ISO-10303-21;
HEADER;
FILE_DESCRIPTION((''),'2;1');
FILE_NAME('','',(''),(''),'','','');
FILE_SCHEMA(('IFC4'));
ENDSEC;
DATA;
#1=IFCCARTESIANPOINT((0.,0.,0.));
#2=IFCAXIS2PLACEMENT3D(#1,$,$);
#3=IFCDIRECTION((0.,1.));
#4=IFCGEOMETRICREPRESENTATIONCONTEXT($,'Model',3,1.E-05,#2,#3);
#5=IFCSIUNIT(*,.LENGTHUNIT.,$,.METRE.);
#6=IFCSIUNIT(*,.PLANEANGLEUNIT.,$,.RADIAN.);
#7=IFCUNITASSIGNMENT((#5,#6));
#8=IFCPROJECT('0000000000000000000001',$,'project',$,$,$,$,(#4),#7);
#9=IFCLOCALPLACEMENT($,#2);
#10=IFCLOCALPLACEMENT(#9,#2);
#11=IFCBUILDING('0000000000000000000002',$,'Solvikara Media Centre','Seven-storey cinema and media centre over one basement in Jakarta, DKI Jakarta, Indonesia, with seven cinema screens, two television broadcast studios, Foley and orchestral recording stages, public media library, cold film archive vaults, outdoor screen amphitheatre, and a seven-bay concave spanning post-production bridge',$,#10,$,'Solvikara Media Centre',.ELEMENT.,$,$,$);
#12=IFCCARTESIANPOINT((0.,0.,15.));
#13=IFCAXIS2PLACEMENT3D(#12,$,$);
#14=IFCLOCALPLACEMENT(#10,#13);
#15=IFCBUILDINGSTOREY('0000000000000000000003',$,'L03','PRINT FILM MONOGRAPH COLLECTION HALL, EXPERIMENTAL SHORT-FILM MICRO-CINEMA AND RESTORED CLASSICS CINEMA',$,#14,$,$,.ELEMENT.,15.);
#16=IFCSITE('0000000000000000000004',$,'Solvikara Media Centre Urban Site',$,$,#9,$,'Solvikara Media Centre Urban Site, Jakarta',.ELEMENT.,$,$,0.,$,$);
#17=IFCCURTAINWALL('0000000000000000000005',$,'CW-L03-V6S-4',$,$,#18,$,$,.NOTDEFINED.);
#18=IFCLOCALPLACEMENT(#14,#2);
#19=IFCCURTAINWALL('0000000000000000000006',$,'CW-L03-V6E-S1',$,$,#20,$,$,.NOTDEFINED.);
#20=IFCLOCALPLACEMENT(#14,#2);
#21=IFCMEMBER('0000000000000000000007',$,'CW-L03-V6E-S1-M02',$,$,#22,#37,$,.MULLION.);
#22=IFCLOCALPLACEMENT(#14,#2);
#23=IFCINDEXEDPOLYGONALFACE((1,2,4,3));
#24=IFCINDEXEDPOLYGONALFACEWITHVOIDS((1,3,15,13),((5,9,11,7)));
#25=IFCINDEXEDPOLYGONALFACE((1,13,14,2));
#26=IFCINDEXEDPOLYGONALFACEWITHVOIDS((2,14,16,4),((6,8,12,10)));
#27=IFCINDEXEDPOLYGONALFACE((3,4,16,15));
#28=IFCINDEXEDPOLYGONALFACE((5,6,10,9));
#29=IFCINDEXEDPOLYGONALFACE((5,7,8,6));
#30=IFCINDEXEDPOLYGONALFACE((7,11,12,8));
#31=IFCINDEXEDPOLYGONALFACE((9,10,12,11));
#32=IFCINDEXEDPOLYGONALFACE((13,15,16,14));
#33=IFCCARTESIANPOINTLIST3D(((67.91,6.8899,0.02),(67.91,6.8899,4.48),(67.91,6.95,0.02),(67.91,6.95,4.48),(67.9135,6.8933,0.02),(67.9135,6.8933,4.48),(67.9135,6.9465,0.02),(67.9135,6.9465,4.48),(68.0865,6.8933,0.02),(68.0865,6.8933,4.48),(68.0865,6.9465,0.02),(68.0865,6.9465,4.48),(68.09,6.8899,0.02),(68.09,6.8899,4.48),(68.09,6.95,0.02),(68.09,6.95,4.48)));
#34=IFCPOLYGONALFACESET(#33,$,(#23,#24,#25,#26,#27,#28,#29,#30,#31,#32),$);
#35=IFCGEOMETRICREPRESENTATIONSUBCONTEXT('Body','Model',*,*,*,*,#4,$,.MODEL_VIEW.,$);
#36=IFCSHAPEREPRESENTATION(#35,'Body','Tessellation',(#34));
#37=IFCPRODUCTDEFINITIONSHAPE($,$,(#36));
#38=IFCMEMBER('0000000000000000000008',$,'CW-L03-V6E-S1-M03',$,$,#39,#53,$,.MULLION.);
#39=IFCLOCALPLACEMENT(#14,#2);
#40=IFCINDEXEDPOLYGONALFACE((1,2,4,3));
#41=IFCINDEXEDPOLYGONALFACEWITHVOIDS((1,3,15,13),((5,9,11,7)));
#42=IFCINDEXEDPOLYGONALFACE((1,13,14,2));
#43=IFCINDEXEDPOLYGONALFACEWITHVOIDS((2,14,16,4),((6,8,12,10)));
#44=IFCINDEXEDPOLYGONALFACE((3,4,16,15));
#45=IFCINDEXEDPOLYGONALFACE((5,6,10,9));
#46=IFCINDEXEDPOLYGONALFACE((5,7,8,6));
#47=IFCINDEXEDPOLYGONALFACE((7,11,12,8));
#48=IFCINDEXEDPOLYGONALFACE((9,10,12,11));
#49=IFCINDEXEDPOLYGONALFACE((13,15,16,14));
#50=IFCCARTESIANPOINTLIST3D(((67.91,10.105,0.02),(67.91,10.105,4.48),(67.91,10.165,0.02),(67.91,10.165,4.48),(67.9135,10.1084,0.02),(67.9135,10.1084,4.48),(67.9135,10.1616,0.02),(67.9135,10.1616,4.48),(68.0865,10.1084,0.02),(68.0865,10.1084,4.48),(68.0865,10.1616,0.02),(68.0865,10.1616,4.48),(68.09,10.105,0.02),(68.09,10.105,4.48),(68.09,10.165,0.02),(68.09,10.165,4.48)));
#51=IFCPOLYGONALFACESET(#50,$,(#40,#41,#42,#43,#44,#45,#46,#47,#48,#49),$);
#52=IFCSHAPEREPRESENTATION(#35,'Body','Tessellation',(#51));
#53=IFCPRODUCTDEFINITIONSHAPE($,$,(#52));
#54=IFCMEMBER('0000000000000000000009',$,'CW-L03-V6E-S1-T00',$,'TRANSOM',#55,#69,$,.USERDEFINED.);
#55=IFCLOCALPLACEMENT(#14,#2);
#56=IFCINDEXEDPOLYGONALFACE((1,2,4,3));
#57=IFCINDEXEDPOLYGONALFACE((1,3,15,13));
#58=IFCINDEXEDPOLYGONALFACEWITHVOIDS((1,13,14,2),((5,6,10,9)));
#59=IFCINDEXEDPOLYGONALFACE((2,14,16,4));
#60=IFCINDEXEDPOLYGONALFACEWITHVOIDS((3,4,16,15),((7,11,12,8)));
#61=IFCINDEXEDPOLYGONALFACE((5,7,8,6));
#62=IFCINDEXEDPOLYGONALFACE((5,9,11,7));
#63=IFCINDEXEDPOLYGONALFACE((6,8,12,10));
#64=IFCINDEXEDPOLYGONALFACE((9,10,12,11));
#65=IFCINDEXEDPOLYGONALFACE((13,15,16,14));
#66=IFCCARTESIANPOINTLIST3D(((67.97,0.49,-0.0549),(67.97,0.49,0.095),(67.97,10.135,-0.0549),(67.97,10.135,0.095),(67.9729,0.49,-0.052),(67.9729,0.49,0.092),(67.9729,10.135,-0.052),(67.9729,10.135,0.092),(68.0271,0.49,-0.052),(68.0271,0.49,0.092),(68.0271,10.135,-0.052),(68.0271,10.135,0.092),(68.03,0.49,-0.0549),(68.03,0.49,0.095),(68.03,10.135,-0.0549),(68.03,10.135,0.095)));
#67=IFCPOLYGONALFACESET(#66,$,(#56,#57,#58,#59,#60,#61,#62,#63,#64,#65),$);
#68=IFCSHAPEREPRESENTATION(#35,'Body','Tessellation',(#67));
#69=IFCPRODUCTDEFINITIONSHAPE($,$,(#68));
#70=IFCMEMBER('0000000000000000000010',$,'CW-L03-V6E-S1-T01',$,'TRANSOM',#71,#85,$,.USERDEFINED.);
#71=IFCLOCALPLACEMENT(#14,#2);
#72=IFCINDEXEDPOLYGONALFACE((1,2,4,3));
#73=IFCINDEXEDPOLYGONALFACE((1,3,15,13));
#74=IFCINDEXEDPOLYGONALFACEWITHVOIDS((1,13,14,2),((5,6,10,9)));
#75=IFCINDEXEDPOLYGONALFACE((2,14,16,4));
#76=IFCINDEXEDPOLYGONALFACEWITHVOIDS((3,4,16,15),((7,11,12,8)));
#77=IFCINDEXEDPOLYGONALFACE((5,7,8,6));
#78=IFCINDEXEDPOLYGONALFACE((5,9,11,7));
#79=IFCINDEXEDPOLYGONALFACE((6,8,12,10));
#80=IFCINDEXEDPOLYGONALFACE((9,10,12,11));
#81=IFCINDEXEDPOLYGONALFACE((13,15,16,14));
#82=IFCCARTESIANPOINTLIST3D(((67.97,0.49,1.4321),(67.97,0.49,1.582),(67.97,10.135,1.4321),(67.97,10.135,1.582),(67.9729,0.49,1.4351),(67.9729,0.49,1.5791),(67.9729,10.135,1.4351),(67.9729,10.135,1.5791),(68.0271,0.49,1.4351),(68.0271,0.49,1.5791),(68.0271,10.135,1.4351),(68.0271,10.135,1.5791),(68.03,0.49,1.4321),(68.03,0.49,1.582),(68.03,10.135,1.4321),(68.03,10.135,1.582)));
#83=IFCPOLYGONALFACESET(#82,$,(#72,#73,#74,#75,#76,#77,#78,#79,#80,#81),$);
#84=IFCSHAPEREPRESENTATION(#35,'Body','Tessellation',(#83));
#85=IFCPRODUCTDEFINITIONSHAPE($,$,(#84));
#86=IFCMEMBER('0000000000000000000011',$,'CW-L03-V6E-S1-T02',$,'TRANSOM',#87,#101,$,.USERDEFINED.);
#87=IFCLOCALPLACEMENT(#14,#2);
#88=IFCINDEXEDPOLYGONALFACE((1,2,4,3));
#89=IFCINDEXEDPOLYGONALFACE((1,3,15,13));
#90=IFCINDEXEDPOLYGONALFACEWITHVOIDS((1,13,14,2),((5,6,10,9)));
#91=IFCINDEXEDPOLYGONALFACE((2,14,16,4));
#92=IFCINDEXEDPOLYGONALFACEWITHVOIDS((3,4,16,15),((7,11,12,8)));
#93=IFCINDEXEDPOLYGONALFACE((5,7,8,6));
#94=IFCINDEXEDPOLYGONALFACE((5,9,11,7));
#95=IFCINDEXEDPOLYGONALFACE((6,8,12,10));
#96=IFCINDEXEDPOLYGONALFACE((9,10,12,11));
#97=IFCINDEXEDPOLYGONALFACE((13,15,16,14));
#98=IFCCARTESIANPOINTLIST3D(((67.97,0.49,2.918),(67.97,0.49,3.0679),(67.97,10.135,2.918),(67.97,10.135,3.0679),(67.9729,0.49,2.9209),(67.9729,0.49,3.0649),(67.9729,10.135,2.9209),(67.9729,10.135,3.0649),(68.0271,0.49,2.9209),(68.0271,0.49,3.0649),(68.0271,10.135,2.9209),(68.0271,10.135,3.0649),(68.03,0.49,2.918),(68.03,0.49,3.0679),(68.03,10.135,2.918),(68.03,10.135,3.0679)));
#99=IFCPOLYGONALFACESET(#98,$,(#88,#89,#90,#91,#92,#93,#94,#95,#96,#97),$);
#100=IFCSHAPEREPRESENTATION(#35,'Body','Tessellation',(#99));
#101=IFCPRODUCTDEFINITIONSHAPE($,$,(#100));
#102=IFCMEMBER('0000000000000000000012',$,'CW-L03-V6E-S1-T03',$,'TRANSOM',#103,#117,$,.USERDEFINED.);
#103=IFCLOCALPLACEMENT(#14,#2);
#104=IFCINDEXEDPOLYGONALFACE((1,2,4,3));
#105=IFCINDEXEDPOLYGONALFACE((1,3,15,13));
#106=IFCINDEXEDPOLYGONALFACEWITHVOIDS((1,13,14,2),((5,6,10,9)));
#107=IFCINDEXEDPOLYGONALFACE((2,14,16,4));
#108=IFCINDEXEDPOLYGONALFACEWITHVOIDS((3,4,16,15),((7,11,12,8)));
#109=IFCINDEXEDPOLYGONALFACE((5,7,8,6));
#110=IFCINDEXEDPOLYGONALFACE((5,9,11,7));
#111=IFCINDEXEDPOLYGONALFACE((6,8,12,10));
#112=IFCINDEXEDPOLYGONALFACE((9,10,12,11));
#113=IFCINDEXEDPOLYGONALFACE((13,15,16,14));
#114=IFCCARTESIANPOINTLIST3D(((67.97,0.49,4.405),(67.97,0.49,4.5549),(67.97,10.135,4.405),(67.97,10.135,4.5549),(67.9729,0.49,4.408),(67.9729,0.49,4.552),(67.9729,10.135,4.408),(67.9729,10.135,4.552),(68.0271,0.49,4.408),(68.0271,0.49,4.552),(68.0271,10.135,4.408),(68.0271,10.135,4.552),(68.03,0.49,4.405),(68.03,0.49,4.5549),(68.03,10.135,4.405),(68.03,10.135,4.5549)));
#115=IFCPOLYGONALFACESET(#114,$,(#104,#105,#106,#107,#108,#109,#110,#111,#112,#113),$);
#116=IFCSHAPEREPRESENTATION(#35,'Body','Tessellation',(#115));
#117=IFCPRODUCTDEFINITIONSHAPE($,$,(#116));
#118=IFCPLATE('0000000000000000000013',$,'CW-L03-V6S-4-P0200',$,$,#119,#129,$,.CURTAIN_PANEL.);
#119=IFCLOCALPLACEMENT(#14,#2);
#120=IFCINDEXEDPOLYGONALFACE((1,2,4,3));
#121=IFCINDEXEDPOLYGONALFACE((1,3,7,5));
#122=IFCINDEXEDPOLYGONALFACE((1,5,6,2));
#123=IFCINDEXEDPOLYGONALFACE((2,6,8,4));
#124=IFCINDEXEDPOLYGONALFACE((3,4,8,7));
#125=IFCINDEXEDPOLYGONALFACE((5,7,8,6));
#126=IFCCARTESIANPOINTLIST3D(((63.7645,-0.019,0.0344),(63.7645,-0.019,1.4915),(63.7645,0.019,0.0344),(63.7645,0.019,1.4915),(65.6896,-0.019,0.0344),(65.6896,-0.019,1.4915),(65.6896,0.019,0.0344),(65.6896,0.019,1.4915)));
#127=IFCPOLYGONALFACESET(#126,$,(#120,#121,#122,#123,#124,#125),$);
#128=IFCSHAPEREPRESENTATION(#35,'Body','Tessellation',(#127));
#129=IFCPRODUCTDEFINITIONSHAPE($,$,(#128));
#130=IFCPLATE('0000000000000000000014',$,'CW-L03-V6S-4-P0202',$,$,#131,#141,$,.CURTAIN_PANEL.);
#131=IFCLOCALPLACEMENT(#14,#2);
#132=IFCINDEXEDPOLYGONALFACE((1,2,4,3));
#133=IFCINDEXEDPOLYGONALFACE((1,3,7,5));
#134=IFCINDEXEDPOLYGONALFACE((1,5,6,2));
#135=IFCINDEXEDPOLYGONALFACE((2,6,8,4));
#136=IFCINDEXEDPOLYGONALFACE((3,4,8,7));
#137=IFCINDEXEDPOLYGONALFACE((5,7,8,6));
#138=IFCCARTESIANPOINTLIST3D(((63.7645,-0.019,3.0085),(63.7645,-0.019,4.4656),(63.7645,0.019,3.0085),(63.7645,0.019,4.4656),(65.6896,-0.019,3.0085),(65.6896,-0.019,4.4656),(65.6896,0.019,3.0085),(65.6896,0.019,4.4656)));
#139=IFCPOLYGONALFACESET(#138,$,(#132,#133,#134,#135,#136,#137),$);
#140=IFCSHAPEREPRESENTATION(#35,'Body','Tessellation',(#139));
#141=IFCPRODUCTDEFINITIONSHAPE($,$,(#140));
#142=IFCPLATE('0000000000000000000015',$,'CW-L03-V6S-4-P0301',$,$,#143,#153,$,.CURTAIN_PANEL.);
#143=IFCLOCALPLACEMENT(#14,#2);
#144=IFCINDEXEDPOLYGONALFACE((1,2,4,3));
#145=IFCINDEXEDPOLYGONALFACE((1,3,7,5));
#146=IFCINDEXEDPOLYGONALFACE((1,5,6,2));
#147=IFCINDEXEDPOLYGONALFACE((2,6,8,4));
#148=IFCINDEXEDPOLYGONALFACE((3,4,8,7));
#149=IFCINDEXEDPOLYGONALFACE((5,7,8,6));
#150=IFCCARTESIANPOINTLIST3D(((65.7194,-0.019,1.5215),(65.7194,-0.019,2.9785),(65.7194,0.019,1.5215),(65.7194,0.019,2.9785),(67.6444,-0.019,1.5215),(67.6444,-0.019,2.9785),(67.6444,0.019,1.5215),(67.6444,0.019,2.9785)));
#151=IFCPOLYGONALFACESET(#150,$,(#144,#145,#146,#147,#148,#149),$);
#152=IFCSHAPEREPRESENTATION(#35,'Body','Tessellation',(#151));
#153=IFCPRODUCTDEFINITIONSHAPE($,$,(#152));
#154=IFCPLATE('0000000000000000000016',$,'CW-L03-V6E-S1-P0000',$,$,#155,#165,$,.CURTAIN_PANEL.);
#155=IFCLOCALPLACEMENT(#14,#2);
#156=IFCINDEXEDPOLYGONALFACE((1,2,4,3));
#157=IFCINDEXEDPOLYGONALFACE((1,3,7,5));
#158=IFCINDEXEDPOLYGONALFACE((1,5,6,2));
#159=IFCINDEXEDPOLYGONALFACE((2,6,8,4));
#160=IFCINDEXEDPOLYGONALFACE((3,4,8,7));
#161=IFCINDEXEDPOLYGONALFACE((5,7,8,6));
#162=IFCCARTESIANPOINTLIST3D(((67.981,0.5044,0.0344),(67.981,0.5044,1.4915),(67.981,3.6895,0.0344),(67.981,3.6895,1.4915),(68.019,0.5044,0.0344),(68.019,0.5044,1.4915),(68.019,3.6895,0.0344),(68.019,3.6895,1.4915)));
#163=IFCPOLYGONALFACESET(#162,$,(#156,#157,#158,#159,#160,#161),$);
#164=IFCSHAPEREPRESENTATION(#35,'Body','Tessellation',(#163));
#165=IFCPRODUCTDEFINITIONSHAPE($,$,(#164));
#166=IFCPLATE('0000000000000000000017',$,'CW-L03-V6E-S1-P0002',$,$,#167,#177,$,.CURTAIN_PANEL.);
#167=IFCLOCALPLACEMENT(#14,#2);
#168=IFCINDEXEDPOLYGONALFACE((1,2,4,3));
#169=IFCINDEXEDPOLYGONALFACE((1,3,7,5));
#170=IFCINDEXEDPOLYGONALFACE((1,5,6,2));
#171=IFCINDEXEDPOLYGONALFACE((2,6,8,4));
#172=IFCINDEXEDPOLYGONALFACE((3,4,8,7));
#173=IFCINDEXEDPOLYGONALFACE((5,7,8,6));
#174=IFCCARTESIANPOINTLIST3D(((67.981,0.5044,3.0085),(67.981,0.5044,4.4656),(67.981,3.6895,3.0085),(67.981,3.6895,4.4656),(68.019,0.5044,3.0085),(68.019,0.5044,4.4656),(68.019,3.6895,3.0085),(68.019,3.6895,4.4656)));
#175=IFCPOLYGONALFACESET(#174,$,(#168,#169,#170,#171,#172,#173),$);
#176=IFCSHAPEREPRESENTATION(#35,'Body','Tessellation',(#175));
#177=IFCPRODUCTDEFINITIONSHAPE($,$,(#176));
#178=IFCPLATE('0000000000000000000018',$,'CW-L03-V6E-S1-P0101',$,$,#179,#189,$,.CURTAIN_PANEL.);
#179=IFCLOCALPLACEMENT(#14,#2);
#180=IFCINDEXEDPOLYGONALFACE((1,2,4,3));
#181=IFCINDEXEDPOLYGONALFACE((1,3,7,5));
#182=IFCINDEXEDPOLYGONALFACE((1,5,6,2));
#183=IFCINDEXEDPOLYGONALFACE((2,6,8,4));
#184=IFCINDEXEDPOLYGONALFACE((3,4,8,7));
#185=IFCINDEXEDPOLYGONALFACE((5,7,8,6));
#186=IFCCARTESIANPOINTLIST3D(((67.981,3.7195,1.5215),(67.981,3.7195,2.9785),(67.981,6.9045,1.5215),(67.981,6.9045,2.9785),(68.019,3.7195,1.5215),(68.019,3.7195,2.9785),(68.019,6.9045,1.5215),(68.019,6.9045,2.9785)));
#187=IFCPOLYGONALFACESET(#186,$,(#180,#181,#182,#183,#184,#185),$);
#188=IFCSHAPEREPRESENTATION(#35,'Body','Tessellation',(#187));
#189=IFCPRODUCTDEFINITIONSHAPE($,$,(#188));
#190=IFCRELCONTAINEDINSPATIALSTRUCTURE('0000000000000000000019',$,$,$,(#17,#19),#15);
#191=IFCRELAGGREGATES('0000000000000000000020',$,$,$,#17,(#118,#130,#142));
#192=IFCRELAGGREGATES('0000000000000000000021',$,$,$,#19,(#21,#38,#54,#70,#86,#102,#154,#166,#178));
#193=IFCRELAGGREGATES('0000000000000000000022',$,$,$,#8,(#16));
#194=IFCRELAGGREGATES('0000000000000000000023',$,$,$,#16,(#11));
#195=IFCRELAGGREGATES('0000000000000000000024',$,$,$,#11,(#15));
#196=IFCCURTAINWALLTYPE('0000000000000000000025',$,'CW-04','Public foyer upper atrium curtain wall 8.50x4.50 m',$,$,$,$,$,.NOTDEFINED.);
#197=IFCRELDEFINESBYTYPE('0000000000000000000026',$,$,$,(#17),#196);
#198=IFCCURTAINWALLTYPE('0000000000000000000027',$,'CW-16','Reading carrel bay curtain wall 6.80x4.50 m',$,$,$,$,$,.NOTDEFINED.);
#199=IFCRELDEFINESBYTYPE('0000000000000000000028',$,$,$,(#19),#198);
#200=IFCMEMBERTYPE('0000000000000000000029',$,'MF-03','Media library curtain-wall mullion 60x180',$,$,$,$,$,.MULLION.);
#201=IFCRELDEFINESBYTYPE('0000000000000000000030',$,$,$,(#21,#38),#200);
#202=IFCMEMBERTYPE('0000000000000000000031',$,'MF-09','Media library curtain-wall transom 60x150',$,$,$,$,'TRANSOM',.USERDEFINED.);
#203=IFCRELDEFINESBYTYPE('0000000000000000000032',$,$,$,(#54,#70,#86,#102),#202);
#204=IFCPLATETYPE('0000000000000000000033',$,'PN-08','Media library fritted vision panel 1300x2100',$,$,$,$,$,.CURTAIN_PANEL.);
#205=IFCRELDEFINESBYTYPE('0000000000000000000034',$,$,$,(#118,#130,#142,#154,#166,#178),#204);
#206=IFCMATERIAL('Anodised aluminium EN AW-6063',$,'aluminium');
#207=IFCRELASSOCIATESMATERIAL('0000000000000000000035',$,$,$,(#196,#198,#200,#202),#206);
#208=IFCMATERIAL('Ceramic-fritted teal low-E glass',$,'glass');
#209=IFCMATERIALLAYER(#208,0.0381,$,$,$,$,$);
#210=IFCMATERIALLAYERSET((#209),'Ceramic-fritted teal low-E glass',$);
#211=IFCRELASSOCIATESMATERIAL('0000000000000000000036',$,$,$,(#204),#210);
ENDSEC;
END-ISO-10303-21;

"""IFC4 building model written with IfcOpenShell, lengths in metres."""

from ifc_helpers import new_model, si_unit, direction, frame, origin, origin_2d, place, context, subcontext, project, spatial, rectangle, hollow_rectangle, extrude, material, layer, layer_set, material_profile, profile_set, type_object, element, aggregate, save


model = new_model("IFC4")

# Units and contexts
model_context = context("Model", 3, precision=1e-05, world=origin(), true_north=direction((0.0, 1.0)))
body_context = subcontext(model_context, "Body", "Model", "MODEL_VIEW")
ifc_project = project(units=[si_unit("LENGTHUNIT", "METRE"), si_unit("PLANEANGLEUNIT", "RADIAN")], contexts=[model_context])

# Site, building, storey
site_placement = place(None, origin())
site = spatial("IfcSite", under=ifc_project, at=site_placement, Name="Solvikara Media Centre Urban Site", LongName="Solvikara Media Centre Urban Site, Jakarta", CompositionType="ELEMENT", RefElevation=0.0)
building_placement = place(site_placement, origin())
building = spatial("IfcBuilding", under=site, at=building_placement, Name="Solvikara Media Centre", Description="Seven-storey cinema and media centre over one basement in Jakarta, DKI Jakarta, Indonesia, with seven cinema screens, two television broadcast studios, Foley and orchestral recording stages, public media library, cold film archive vaults, outdoor screen amphitheatre, and a seven-bay concave spanning post-production bridge", LongName="Solvikara Media Centre", CompositionType="ELEMENT")
storey_placement = place(building_placement, frame((0.0, 0.0, 15.0)))
storey = spatial("IfcBuildingStorey", under=building, at=storey_placement, Name="L03", Description="PRINT FILM MONOGRAPH COLLECTION HALL, EXPERIMENTAL SHORT-FILM MICRO-CINEMA AND RESTORED CLASSICS CINEMA", CompositionType="ELEMENT", Elevation=15.0)

# Curtain walls, members
ifc_material_1 = material(Name="Anodised aluminium EN AW-6063", Category="aluminium")
curtain_wall_type_1 = type_object("IfcCurtainWallType", Name="CW-04", Description="Public foyer upper atrium curtain wall 8.50x4.50 m", PredefinedType="NOTDEFINED", material=ifc_material_1)
curtain_wall_1_placement = place(storey_placement, origin())
curtain_wall_1 = element("IfcCurtainWall", 1, at=curtain_wall_1_placement, inside=storey, type_object=curtain_wall_type_1, Name="CW-L03-V6S-4", PredefinedType="NOTDEFINED")
ifc_material_profile_1 = material_profile(ifc_material_1, hollow_rectangle(XDim=0.0601, YDim=0.1799, WallThickness=0.0034, at=origin_2d()), Name="ALU-M 60x180x3.5")
ifc_profile_set_1 = profile_set([ifc_material_profile_1], Name="Anodised aluminium EN AW-6063")
member_type_1 = type_object("IfcMemberType", Name="MF-03", Description="Media library curtain-wall mullion 60x180", PredefinedType="MULLION", material=ifc_profile_set_1)
curtain_wall_type_2 = type_object("IfcCurtainWallType", Name="CW-16", Description="Reading carrel bay curtain wall 6.80x4.50 m", PredefinedType="NOTDEFINED", material=ifc_material_1)
curtain_wall_2_placement = place(storey_placement, origin())
curtain_wall_2 = element("IfcCurtainWall", 2, at=curtain_wall_2_placement, inside=storey, type_object=curtain_wall_type_2, Name="CW-L03-V6E-S1", PredefinedType="NOTDEFINED")
member_1_placement = place(storey_placement, frame((68.0, 6.9199, 0.02), z_axis=(0.0, 0.0, 1.0), x_axis=(0.0, 1.0, 0.0)))
member_1 = element("IfcMember", 3, at=member_1_placement, type_object=member_type_1, Name="CW-L03-V6E-S1-M02", PredefinedType="MULLION", context=body_context, shape_type="SweptSolid", body=[
    extrude(hollow_rectangle(XDim=0.0601, YDim=0.1799, WallThickness=0.0034, at=origin_2d()), origin(), (0.0, 0.0, 1.0), 4.46),
])
member_2_placement = place(storey_placement, frame((68.0, 10.135, 0.02), z_axis=(0.0, 0.0, 1.0), x_axis=(0.0, 1.0, 0.0)))
member_2 = element("IfcMember", 4, at=member_2_placement, type_object=member_type_1, Name="CW-L03-V6E-S1-M03", PredefinedType="MULLION", context=body_context, shape_type="SweptSolid", body=[
    extrude(hollow_rectangle(XDim=0.0601, YDim=0.1799, WallThickness=0.0034, at=origin_2d()), origin(), (0.0, 0.0, 1.0), 4.46),
])
ifc_material_profile_2 = material_profile(ifc_material_1, hollow_rectangle(XDim=0.0601, YDim=0.1499, WallThickness=0.0029, at=origin_2d()), Name="ALU-T 60x150x3")
ifc_profile_set_2 = profile_set([ifc_material_profile_2], Name="Anodised aluminium EN AW-6063")
member_type_2 = type_object("IfcMemberType", Name="MF-09", Description="Media library curtain-wall transom 60x150", ElementType="TRANSOM", PredefinedType="USERDEFINED", material=ifc_profile_set_2)
member_3_placement = place(storey_placement, frame((68.0, 0.49, 0.02), z_axis=(0.0, 1.0, 0.0), x_axis=(-1.0, 0.0, 0.0)))
member_3 = element("IfcMember", 5, at=member_3_placement, type_object=member_type_2, Name="CW-L03-V6E-S1-T00", ObjectType="TRANSOM", PredefinedType="USERDEFINED", context=body_context, shape_type="SweptSolid", body=[
    extrude(hollow_rectangle(XDim=0.0601, YDim=0.1499, WallThickness=0.0029, at=origin_2d()), origin(), (0.0, 0.0, 1.0), 9.645),
])
member_4_placement = place(storey_placement, frame((68.0, 0.49, 1.5071), z_axis=(0.0, 1.0, 0.0), x_axis=(-1.0, 0.0, 0.0)))
member_4 = element("IfcMember", 6, at=member_4_placement, type_object=member_type_2, Name="CW-L03-V6E-S1-T01", ObjectType="TRANSOM", PredefinedType="USERDEFINED", context=body_context, shape_type="SweptSolid", body=[
    extrude(hollow_rectangle(XDim=0.0601, YDim=0.1499, WallThickness=0.0029, at=origin_2d()), origin(), (0.0, 0.0, 1.0), 9.645),
])
member_5_placement = place(storey_placement, frame((68.0, 0.49, 2.9929), z_axis=(0.0, 1.0, 0.0), x_axis=(-1.0, 0.0, 0.0)))
member_5 = element("IfcMember", 7, at=member_5_placement, type_object=member_type_2, Name="CW-L03-V6E-S1-T02", ObjectType="TRANSOM", PredefinedType="USERDEFINED", context=body_context, shape_type="SweptSolid", body=[
    extrude(hollow_rectangle(XDim=0.0601, YDim=0.1499, WallThickness=0.0029, at=origin_2d()), origin(), (0.0, 0.0, 1.0), 9.645),
])
member_6_placement = place(storey_placement, frame((68.0, 0.49, 4.48), z_axis=(0.0, 1.0, 0.0), x_axis=(-1.0, 0.0, 0.0)))
member_6 = element("IfcMember", 8, at=member_6_placement, type_object=member_type_2, Name="CW-L03-V6E-S1-T03", ObjectType="TRANSOM", PredefinedType="USERDEFINED", context=body_context, shape_type="SweptSolid", body=[
    extrude(hollow_rectangle(XDim=0.0601, YDim=0.1499, WallThickness=0.0029, at=origin_2d()), origin(), (0.0, 0.0, 1.0), 9.645),
])

# Plates
ifc_material_2 = material(Name="Ceramic-fritted teal low-E glass", Category="glass")
ifc_layer_1 = layer(ifc_material_2, 0.0381)
ifc_layer_set_1 = layer_set([ifc_layer_1], Name="Ceramic-fritted teal low-E glass")
plate_type_1 = type_object("IfcPlateType", Name="PN-08", Description="Media library fritted vision panel 1300x2100", PredefinedType="CURTAIN_PANEL", material=ifc_layer_set_1)
plate_1_placement = place(storey_placement, frame((64.7271, 0.0, 0.0344), z_axis=(0.0, 0.0, 1.0), x_axis=(1.0, 0.0, 0.0)))
plate_1 = element("IfcPlate", 9, at=plate_1_placement, type_object=plate_type_1, Name="CW-L03-V6S-4-P0200", PredefinedType="CURTAIN_PANEL", context=body_context, shape_type="SweptSolid", body=[
    extrude(rectangle(XDim=1.925, YDim=0.0381, at=origin_2d()), origin(), (0.0, 0.0, 1.0), 1.457),
])
plate_2_placement = place(storey_placement, frame((64.7271, 0.0, 3.0085), z_axis=(0.0, 0.0, 1.0), x_axis=(1.0, 0.0, 0.0)))
plate_2 = element("IfcPlate", 10, at=plate_2_placement, type_object=plate_type_1, Name="CW-L03-V6S-4-P0202", PredefinedType="CURTAIN_PANEL", context=body_context, shape_type="SweptSolid", body=[
    extrude(rectangle(XDim=1.925, YDim=0.0381, at=origin_2d()), origin(), (0.0, 0.0, 1.0), 1.457),
])
plate_3_placement = place(storey_placement, frame((66.6819, 0.0, 1.5215), z_axis=(0.0, 0.0, 1.0), x_axis=(1.0, 0.0, 0.0)))
plate_3 = element("IfcPlate", 11, at=plate_3_placement, type_object=plate_type_1, Name="CW-L03-V6S-4-P0301", PredefinedType="CURTAIN_PANEL", context=body_context, shape_type="SweptSolid", body=[
    extrude(rectangle(XDim=1.925, YDim=0.0381, at=origin_2d()), origin(), (0.0, 0.0, 1.0), 1.457),
])
plate_4_placement = place(storey_placement, frame((68.0, 2.0969, 0.0344), z_axis=(0.0, 0.0, 1.0), x_axis=(0.0, 1.0, 0.0)))
plate_4 = element("IfcPlate", 12, at=plate_4_placement, type_object=plate_type_1, Name="CW-L03-V6E-S1-P0000", PredefinedType="CURTAIN_PANEL", context=body_context, shape_type="SweptSolid", body=[
    extrude(rectangle(XDim=3.1851, YDim=0.0381, at=origin_2d()), origin(), (0.0, 0.0, 1.0), 1.457),
])
plate_5_placement = place(storey_placement, frame((68.0, 2.0969, 3.0085), z_axis=(0.0, 0.0, 1.0), x_axis=(0.0, 1.0, 0.0)))
plate_5 = element("IfcPlate", 13, at=plate_5_placement, type_object=plate_type_1, Name="CW-L03-V6E-S1-P0002", PredefinedType="CURTAIN_PANEL", context=body_context, shape_type="SweptSolid", body=[
    extrude(rectangle(XDim=3.1851, YDim=0.0381, at=origin_2d()), origin(), (0.0, 0.0, 1.0), 1.457),
])
plate_6_placement = place(storey_placement, frame((68.0, 5.312, 1.5215), z_axis=(0.0, 0.0, 1.0), x_axis=(0.0, 1.0, 0.0)))
plate_6 = element("IfcPlate", 14, at=plate_6_placement, type_object=plate_type_1, Name="CW-L03-V6E-S1-P0101", PredefinedType="CURTAIN_PANEL", context=body_context, shape_type="SweptSolid", body=[
    extrude(rectangle(XDim=3.1851, YDim=0.0381, at=origin_2d()), origin(), (0.0, 0.0, 1.0), 1.457),
])
aggregate(curtain_wall_1, [plate_1, plate_2, plate_3])
aggregate(curtain_wall_2, [member_1, member_2, member_3, member_4, member_5, member_6, plate_4, plate_5, plate_6])

save(model, "model.ifc")
